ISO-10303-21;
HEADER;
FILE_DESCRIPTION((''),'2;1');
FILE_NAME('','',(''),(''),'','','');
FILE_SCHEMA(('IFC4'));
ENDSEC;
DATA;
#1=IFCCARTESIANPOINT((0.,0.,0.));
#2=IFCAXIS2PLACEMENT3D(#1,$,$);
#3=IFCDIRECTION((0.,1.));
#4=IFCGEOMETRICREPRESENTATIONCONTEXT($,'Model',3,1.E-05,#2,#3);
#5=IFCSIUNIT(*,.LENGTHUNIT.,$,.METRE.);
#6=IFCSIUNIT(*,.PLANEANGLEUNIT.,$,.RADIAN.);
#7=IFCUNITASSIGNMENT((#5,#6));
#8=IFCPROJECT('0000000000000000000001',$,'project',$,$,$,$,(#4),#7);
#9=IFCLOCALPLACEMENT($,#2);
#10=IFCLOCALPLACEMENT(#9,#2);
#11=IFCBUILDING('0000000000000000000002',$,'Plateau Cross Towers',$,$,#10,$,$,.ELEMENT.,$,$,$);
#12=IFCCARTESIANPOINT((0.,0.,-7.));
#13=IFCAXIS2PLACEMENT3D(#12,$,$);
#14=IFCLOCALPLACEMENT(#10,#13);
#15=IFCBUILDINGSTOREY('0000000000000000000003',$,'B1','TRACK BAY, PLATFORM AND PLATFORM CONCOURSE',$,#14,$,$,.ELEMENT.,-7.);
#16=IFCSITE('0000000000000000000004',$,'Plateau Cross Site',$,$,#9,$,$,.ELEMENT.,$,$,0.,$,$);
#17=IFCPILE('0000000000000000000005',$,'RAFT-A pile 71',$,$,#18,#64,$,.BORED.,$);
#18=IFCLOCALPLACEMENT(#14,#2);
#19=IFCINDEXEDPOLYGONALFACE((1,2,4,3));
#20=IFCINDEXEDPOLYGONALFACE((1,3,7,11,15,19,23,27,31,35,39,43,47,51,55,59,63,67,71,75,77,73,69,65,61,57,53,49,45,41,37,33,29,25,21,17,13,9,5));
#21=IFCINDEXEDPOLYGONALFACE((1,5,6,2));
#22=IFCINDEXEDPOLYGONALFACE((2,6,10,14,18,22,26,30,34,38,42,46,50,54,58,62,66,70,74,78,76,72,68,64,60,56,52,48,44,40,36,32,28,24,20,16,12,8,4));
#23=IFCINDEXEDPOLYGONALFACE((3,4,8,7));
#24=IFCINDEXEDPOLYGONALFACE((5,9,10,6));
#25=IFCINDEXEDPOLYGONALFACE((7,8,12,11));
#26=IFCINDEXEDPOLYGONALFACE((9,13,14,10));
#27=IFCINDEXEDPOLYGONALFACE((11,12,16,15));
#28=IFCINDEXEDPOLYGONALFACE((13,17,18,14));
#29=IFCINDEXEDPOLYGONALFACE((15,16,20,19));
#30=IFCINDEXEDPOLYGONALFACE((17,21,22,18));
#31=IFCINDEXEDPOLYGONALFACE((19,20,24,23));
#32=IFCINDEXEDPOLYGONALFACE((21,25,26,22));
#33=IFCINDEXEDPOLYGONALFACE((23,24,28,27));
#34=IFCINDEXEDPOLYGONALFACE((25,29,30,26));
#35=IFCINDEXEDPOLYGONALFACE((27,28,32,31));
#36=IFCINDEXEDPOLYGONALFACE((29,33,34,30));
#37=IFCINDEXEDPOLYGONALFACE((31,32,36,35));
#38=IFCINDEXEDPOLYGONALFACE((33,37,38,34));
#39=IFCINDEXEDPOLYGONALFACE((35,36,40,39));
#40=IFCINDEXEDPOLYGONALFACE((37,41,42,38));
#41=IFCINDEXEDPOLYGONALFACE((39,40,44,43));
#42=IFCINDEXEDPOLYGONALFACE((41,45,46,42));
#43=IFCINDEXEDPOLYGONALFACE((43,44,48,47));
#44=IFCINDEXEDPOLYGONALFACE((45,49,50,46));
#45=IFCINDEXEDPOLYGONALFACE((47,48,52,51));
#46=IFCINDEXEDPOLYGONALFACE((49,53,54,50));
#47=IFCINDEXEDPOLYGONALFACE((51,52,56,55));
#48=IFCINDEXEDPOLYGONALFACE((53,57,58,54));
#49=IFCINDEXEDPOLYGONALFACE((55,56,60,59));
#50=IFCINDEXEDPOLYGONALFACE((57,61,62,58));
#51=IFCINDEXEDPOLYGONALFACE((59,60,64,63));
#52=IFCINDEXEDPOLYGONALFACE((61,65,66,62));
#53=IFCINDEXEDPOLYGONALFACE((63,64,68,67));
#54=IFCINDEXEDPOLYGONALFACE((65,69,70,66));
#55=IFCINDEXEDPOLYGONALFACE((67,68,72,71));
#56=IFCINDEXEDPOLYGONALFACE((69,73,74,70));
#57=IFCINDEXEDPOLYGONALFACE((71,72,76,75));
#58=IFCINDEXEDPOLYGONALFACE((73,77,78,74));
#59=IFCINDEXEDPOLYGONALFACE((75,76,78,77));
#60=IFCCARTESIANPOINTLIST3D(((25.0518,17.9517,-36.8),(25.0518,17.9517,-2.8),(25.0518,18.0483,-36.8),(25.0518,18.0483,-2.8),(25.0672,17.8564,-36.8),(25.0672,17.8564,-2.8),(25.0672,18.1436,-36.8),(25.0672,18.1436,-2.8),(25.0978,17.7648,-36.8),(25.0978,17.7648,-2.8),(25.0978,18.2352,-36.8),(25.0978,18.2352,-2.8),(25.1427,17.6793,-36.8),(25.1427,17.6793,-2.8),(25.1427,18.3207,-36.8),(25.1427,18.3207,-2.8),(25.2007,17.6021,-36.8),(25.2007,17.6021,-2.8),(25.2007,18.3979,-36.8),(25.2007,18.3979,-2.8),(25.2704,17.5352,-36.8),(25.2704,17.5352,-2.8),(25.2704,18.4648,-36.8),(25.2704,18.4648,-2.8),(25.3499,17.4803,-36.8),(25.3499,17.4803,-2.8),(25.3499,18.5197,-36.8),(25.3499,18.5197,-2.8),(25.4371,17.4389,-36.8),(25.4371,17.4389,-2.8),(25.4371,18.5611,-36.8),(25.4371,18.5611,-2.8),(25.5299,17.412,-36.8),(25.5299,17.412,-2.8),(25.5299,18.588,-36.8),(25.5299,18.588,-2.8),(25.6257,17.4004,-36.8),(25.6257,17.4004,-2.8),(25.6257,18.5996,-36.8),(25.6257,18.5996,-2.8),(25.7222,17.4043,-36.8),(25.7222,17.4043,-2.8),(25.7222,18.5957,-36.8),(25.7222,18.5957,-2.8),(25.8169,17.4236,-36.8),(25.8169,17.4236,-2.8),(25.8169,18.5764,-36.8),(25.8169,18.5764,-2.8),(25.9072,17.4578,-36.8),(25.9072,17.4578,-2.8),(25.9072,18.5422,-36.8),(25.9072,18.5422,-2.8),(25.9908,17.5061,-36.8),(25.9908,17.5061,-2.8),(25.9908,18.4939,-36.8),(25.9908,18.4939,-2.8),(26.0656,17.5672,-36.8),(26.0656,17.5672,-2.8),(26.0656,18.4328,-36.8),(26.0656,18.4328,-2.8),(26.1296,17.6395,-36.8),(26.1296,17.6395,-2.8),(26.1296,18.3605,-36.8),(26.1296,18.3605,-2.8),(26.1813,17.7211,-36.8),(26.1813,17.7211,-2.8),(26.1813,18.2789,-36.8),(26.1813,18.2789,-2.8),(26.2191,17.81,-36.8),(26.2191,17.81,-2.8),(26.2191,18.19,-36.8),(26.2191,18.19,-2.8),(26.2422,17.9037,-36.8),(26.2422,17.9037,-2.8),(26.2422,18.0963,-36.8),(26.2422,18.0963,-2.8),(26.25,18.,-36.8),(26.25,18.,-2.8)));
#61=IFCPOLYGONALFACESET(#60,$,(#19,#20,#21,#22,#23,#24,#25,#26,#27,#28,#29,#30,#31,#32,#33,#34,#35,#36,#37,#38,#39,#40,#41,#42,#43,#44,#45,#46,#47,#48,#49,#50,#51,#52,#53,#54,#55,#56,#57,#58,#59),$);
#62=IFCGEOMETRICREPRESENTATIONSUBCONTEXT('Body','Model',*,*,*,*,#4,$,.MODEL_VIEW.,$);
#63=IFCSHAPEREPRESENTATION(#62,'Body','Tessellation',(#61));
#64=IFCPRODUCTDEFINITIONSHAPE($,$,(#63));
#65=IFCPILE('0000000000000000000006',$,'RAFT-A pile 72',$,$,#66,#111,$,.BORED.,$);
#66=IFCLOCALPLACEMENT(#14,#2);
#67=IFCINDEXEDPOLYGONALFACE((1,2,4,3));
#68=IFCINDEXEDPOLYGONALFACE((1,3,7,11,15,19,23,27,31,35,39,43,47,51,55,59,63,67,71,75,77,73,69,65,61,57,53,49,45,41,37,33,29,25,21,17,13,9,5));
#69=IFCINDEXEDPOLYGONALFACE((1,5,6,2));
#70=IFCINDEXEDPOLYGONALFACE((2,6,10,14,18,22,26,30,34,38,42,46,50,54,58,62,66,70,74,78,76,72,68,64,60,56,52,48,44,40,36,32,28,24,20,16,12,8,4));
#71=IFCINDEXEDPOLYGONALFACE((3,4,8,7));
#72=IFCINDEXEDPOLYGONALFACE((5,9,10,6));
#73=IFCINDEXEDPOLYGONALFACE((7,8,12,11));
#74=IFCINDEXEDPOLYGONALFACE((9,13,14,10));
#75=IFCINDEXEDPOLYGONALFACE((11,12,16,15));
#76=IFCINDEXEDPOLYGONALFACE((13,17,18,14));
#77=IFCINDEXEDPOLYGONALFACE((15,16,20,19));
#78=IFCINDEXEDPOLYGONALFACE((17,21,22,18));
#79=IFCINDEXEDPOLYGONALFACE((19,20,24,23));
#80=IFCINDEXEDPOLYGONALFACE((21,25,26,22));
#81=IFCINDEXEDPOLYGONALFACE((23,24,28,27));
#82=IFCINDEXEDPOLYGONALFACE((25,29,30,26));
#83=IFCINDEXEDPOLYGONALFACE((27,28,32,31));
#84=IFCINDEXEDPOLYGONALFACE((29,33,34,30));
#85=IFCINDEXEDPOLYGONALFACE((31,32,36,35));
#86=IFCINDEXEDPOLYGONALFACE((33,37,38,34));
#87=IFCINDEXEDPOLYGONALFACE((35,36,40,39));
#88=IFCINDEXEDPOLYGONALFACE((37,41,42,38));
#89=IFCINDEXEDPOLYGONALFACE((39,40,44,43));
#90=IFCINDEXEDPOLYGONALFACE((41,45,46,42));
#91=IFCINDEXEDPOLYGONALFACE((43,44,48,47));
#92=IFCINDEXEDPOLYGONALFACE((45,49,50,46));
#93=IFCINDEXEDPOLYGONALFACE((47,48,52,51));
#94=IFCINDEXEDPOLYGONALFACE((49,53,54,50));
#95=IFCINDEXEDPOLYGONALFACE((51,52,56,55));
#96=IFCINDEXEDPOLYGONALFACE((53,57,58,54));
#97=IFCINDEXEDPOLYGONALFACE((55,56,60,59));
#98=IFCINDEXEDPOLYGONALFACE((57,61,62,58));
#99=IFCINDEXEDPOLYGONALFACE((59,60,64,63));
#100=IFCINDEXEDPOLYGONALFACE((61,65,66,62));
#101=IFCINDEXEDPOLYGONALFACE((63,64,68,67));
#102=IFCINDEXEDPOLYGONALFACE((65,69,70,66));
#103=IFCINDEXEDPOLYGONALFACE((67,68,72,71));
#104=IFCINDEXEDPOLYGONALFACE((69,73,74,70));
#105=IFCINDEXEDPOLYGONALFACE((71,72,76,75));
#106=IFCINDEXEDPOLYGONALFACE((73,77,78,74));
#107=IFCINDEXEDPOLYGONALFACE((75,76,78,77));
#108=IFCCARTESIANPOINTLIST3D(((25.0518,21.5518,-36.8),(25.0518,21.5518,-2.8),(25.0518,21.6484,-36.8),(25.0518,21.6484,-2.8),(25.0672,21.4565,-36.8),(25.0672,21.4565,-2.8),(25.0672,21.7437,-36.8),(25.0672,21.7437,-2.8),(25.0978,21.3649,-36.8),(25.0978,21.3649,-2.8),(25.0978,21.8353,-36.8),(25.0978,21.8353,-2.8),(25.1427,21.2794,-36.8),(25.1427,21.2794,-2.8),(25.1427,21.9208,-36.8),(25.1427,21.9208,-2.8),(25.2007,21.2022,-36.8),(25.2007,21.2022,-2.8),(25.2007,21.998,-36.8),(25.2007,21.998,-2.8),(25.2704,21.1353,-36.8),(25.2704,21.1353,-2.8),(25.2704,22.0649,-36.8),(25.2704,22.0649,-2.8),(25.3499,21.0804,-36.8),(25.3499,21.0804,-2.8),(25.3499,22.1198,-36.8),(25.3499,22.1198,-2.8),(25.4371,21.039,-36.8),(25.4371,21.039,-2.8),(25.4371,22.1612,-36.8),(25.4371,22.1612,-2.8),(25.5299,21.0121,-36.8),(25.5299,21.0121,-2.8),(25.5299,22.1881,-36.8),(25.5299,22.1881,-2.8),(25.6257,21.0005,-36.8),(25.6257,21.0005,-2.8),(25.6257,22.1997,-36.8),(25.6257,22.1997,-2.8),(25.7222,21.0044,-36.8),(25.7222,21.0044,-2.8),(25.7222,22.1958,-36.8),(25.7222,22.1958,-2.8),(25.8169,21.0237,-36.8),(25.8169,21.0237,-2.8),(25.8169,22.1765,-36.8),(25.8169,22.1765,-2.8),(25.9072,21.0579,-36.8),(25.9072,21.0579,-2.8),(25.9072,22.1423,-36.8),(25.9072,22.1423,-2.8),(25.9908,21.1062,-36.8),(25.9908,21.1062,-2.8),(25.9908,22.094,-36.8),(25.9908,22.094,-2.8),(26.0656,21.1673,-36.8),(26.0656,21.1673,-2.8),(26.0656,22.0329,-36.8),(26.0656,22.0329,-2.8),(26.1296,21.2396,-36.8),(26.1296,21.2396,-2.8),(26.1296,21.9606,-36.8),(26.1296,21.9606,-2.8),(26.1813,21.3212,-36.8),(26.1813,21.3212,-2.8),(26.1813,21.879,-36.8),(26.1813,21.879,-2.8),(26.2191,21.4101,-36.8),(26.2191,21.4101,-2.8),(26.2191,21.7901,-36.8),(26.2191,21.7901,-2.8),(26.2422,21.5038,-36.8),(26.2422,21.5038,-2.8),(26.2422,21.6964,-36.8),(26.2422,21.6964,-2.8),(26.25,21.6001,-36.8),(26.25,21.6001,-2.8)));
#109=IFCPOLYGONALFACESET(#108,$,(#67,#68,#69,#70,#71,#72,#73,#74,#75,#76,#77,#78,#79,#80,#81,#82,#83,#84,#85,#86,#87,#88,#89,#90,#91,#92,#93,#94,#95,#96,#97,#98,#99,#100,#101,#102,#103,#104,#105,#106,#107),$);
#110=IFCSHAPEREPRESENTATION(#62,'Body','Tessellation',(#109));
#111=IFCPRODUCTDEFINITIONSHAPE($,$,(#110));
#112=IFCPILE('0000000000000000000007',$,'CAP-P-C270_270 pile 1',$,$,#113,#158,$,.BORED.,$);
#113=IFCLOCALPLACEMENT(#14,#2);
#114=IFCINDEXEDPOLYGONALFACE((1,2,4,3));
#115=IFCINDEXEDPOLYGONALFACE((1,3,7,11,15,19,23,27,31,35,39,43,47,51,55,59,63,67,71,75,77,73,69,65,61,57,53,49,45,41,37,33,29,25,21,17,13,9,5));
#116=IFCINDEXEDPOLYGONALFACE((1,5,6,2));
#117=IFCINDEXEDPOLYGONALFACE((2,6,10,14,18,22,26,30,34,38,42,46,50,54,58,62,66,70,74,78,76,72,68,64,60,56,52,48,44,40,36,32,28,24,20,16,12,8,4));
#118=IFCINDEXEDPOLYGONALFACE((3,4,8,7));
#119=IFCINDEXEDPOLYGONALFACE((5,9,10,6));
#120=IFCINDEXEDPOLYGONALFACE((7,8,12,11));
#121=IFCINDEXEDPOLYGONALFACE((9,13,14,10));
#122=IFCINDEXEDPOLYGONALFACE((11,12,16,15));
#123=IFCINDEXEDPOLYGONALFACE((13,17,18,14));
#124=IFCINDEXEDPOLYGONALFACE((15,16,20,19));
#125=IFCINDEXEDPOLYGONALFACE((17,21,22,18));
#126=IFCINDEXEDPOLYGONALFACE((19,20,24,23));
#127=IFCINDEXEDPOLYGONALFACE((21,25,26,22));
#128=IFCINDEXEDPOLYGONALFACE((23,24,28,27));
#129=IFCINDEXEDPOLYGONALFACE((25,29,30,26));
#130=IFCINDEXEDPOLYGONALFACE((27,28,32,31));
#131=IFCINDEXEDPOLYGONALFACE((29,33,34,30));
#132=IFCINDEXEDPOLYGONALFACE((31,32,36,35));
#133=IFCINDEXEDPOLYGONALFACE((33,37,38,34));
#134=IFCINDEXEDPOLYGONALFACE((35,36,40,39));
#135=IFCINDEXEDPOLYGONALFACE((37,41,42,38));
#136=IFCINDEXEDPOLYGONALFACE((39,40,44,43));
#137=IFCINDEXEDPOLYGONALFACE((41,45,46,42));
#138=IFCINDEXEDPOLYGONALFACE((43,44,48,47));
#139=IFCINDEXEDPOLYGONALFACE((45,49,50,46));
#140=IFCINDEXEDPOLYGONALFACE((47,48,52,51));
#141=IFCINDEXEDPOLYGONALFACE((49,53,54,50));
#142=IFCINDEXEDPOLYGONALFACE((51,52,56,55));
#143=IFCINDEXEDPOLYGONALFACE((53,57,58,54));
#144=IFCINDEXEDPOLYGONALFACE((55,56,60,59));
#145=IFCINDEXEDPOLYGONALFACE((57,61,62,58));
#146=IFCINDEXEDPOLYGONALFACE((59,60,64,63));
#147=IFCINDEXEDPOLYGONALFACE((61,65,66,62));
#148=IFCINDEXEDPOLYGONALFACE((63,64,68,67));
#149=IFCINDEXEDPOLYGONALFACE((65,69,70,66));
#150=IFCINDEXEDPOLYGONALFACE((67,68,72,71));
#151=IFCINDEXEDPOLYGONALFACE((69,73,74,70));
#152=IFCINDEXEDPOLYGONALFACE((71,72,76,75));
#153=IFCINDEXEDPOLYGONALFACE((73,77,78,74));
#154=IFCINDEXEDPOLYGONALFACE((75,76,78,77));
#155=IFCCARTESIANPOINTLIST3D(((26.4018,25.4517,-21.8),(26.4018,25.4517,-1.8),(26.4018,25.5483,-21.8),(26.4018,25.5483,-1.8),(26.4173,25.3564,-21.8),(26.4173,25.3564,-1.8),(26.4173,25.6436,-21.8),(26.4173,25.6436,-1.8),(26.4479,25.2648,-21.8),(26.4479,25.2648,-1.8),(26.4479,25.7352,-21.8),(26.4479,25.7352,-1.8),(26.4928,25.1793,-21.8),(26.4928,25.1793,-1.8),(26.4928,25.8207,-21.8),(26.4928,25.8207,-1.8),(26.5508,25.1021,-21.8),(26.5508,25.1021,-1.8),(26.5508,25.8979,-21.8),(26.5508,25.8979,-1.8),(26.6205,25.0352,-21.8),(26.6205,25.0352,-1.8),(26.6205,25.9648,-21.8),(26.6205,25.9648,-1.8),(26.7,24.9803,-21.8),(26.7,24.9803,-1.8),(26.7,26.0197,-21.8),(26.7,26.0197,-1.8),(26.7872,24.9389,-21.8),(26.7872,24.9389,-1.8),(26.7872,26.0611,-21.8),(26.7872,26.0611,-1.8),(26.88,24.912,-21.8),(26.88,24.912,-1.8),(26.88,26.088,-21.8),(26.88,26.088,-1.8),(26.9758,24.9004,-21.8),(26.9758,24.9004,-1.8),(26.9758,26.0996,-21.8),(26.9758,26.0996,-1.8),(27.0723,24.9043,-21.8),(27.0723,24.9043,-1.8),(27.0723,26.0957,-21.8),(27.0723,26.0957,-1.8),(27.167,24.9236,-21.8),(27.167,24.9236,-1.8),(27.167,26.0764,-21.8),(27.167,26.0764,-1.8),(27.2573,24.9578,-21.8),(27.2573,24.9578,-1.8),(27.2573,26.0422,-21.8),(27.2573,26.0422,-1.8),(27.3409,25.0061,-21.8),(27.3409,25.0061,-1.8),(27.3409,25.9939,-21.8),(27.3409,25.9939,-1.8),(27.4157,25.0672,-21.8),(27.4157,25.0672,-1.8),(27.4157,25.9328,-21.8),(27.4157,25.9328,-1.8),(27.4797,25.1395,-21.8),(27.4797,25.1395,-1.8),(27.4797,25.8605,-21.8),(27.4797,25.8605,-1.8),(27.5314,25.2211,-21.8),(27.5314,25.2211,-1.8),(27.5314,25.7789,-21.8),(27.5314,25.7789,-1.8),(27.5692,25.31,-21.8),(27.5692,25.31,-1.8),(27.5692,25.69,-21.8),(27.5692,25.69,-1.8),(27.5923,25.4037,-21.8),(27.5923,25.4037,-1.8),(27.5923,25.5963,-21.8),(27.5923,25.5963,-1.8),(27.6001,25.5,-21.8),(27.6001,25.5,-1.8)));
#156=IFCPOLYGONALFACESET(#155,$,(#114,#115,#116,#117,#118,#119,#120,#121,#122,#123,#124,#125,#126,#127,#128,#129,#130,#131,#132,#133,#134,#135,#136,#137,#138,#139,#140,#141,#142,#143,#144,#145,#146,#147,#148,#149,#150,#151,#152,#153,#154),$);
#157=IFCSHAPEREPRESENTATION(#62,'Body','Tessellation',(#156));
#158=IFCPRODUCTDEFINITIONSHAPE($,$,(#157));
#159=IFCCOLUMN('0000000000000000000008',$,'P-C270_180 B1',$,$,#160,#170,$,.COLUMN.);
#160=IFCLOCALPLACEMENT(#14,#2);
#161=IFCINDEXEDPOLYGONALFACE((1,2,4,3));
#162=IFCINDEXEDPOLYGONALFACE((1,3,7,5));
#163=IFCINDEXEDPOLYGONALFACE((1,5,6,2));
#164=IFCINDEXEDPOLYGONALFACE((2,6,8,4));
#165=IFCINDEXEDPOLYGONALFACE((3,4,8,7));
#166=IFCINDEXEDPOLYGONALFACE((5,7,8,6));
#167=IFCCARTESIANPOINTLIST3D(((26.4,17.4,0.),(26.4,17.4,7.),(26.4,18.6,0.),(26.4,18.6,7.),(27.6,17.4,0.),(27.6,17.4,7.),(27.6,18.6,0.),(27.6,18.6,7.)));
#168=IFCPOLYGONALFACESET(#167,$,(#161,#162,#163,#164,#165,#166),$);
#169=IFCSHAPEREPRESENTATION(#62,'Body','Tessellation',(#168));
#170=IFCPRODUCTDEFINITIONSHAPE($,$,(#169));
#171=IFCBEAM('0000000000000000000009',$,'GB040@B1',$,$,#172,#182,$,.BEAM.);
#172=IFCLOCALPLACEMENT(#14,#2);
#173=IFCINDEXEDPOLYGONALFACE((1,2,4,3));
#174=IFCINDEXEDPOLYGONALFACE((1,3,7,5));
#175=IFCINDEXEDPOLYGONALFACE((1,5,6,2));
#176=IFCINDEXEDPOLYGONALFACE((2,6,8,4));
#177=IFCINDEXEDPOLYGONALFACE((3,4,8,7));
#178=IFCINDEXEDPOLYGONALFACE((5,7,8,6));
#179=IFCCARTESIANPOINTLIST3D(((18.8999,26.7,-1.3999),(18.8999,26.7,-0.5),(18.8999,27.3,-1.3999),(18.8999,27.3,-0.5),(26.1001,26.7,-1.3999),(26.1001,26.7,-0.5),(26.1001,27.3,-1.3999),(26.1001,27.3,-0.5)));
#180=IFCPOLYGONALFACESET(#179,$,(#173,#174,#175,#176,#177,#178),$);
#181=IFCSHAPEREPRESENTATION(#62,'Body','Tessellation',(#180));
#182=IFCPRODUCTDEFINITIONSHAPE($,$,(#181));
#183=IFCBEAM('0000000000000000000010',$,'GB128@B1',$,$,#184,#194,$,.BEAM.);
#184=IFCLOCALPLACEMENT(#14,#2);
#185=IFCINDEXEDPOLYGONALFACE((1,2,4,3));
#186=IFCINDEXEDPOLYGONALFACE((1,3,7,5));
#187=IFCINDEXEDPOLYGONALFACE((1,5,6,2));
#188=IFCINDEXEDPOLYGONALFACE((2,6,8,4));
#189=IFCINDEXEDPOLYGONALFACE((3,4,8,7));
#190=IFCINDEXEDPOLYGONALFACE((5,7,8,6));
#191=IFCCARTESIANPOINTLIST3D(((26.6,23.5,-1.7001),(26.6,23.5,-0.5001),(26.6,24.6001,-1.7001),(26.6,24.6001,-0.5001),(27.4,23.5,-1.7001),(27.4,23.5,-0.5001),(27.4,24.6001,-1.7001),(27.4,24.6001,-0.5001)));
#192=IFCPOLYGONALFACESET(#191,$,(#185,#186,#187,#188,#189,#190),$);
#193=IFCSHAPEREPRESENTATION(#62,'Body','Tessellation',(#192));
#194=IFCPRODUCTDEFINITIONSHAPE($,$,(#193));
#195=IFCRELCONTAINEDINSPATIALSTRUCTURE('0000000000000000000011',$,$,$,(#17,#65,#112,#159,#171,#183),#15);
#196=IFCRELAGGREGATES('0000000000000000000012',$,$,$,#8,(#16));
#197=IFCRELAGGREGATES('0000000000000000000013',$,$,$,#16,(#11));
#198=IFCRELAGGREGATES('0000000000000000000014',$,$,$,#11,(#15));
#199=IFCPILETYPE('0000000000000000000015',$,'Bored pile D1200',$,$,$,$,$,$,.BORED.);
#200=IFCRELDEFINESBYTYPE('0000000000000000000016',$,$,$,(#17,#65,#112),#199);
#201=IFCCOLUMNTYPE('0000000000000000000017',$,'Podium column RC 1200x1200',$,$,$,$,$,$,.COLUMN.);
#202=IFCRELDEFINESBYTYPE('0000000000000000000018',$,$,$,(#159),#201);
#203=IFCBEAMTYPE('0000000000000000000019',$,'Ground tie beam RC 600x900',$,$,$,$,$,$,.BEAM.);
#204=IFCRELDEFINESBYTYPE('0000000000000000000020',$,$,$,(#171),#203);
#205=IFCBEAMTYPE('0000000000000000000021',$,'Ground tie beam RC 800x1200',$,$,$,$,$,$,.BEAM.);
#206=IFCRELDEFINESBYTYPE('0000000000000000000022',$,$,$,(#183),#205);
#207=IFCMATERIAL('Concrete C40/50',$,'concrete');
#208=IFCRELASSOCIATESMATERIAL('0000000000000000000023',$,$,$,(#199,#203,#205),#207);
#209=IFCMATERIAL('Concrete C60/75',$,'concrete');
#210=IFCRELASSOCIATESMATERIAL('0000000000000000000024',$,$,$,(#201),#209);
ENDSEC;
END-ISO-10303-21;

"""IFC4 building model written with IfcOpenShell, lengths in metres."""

from ifc_helpers import new_model, si_unit, direction, frame, origin, origin_2d, place, context, subcontext, project, spatial, rectangle, circle, extrude, material, material_profile, profile_set, type_object, element, save


model = new_model("IFC4")

# Units and contexts
model_context = context("Model", 3, precision=1e-05, world=origin(), true_north=direction((0.0, 1.0)))
body_context = subcontext(model_context, "Body", "Model", "MODEL_VIEW")
ifc_project = project(units=[si_unit("LENGTHUNIT", "METRE"), si_unit("PLANEANGLEUNIT", "RADIAN")], contexts=[model_context])

# Site, building, storey
site_placement = place(None, origin())
site = spatial("IfcSite", under=ifc_project, at=site_placement, Name="Plateau Cross Site", CompositionType="ELEMENT", RefElevation=0.0)
building_placement = place(site_placement, origin())
building = spatial("IfcBuilding", under=site, at=building_placement, Name="Plateau Cross Towers", CompositionType="ELEMENT")
storey_placement = place(building_placement, frame((0.0, 0.0, -7.0)))
storey = spatial("IfcBuildingStorey", under=building, at=storey_placement, Name="B1", Description="TRACK BAY, PLATFORM AND PLATFORM CONCOURSE", CompositionType="ELEMENT", Elevation=-7.0)

# Piles
ifc_material_1 = material(Name="Concrete C40/50", Category="concrete")
ifc_material_profile_1 = material_profile(ifc_material_1, circle(Radius=0.6001, at=origin_2d()), Name="Bored pile D1200")
ifc_profile_set_1 = profile_set([ifc_material_profile_1], Name="Concrete C40/50")
pile_type = type_object("IfcPileType", Name="Bored pile D1200", PredefinedType="BORED", material=ifc_profile_set_1)
for number, where, z_axis, x_axis, name in (
    (1, (25.6499, 18.0, -2.8), (0.0, 0.0, -1.0), (1.0, 0.0, 0.0), "RAFT-A pile 71"),
    (2, (25.6499, 21.6001, -2.8), (0.0, 0.0, -1.0), (1.0, 0.0, 0.0), "RAFT-A pile 72"),
):
    element("IfcPile", number, at=place(storey_placement, frame(where, z_axis=z_axis, x_axis=x_axis)), inside=storey, type_object=pile_type, Name=name, PredefinedType="BORED", context=body_context, shape_type="SweptSolid", body=[
        extrude(circle(Radius=0.6001, at=origin_2d()), origin(), (0.0, 0.0, 1.0), 34.0),
    ])
pile_placement = place(storey_placement, frame((27.0, 25.5, -1.8), z_axis=(0.0, 0.0, -1.0), x_axis=(1.0, 0.0, 0.0)))
element("IfcPile", 3, at=pile_placement, inside=storey, type_object=pile_type, Name="CAP-P-C270_270 pile 1", PredefinedType="BORED", context=body_context, shape_type="SweptSolid", body=[
    extrude(circle(Radius=0.6001, at=origin_2d()), origin(), (0.0, 0.0, 1.0), 20.0),
])

# Column
ifc_material_2 = material(Name="Concrete C60/75", Category="concrete")
ifc_material_profile_2 = material_profile(ifc_material_2, rectangle(XDim=1.2, YDim=1.2, at=origin_2d()), Name="RC 1200x1200")
ifc_profile_set_2 = profile_set([ifc_material_profile_2], Name="Concrete C60/75")
column_type = type_object("IfcColumnType", Name="Podium column RC 1200x1200", PredefinedType="COLUMN", material=ifc_profile_set_2)
column_placement = place(storey_placement, frame((27.0, 18.0, 0.0), z_axis=(0.0, 0.0, 1.0), x_axis=(1.0, 0.0, 0.0)))
element("IfcColumn", 4, at=column_placement, inside=storey, type_object=column_type, Name="P-C270_180 B1", PredefinedType="COLUMN", context=body_context, shape_type="SweptSolid", body=[
    extrude(rectangle(XDim=1.2, YDim=1.2, at=origin_2d()), origin(), (0.0, 0.0, 1.0), 7.0),
])

# Beams
ifc_material_profile_3 = material_profile(ifc_material_1, rectangle(XDim=0.6001, YDim=0.8999, at=origin_2d()), Name="RC 600x900")
ifc_profile_set_3 = profile_set([ifc_material_profile_3], Name="Concrete C40/50")
beam_type_1 = type_object("IfcBeamType", Name="Ground tie beam RC 600x900", PredefinedType="BEAM", material=ifc_profile_set_3)
beam_1_placement = place(storey_placement, frame((18.8999, 27.0, -0.95), z_axis=(1.0, 0.0, 0.0), x_axis=(0.0, 1.0, 0.0)))
element("IfcBeam", 5, at=beam_1_placement, inside=storey, type_object=beam_type_1, Name="GB040@B1", PredefinedType="BEAM", context=body_context, shape_type="SweptSolid", body=[
    extrude(rectangle(XDim=0.6001, YDim=0.8999, at=origin_2d()), origin(), (0.0, 0.0, 1.0), 7.2002),
])
ifc_material_profile_4 = material_profile(ifc_material_1, rectangle(XDim=0.8, YDim=1.2, at=origin_2d()), Name="RC 800x1200")
ifc_profile_set_4 = profile_set([ifc_material_profile_4], Name="Concrete C40/50")
beam_type_2 = type_object("IfcBeamType", Name="Ground tie beam RC 800x1200", PredefinedType="BEAM", material=ifc_profile_set_4)
beam_2_placement = place(storey_placement, frame((27.0, 23.5, -1.1001), z_axis=(0.0, 1.0, 0.0), x_axis=(-1.0, 0.0, 0.0)))
element("IfcBeam", 6, at=beam_2_placement, inside=storey, type_object=beam_type_2, Name="GB128@B1", PredefinedType="BEAM", context=body_context, shape_type="SweptSolid", body=[
    extrude(rectangle(XDim=0.8, YDim=1.2, at=origin_2d()), origin(), (0.0, 0.0, 1.0), 1.1001),
])

save(model, "model.ifc")
